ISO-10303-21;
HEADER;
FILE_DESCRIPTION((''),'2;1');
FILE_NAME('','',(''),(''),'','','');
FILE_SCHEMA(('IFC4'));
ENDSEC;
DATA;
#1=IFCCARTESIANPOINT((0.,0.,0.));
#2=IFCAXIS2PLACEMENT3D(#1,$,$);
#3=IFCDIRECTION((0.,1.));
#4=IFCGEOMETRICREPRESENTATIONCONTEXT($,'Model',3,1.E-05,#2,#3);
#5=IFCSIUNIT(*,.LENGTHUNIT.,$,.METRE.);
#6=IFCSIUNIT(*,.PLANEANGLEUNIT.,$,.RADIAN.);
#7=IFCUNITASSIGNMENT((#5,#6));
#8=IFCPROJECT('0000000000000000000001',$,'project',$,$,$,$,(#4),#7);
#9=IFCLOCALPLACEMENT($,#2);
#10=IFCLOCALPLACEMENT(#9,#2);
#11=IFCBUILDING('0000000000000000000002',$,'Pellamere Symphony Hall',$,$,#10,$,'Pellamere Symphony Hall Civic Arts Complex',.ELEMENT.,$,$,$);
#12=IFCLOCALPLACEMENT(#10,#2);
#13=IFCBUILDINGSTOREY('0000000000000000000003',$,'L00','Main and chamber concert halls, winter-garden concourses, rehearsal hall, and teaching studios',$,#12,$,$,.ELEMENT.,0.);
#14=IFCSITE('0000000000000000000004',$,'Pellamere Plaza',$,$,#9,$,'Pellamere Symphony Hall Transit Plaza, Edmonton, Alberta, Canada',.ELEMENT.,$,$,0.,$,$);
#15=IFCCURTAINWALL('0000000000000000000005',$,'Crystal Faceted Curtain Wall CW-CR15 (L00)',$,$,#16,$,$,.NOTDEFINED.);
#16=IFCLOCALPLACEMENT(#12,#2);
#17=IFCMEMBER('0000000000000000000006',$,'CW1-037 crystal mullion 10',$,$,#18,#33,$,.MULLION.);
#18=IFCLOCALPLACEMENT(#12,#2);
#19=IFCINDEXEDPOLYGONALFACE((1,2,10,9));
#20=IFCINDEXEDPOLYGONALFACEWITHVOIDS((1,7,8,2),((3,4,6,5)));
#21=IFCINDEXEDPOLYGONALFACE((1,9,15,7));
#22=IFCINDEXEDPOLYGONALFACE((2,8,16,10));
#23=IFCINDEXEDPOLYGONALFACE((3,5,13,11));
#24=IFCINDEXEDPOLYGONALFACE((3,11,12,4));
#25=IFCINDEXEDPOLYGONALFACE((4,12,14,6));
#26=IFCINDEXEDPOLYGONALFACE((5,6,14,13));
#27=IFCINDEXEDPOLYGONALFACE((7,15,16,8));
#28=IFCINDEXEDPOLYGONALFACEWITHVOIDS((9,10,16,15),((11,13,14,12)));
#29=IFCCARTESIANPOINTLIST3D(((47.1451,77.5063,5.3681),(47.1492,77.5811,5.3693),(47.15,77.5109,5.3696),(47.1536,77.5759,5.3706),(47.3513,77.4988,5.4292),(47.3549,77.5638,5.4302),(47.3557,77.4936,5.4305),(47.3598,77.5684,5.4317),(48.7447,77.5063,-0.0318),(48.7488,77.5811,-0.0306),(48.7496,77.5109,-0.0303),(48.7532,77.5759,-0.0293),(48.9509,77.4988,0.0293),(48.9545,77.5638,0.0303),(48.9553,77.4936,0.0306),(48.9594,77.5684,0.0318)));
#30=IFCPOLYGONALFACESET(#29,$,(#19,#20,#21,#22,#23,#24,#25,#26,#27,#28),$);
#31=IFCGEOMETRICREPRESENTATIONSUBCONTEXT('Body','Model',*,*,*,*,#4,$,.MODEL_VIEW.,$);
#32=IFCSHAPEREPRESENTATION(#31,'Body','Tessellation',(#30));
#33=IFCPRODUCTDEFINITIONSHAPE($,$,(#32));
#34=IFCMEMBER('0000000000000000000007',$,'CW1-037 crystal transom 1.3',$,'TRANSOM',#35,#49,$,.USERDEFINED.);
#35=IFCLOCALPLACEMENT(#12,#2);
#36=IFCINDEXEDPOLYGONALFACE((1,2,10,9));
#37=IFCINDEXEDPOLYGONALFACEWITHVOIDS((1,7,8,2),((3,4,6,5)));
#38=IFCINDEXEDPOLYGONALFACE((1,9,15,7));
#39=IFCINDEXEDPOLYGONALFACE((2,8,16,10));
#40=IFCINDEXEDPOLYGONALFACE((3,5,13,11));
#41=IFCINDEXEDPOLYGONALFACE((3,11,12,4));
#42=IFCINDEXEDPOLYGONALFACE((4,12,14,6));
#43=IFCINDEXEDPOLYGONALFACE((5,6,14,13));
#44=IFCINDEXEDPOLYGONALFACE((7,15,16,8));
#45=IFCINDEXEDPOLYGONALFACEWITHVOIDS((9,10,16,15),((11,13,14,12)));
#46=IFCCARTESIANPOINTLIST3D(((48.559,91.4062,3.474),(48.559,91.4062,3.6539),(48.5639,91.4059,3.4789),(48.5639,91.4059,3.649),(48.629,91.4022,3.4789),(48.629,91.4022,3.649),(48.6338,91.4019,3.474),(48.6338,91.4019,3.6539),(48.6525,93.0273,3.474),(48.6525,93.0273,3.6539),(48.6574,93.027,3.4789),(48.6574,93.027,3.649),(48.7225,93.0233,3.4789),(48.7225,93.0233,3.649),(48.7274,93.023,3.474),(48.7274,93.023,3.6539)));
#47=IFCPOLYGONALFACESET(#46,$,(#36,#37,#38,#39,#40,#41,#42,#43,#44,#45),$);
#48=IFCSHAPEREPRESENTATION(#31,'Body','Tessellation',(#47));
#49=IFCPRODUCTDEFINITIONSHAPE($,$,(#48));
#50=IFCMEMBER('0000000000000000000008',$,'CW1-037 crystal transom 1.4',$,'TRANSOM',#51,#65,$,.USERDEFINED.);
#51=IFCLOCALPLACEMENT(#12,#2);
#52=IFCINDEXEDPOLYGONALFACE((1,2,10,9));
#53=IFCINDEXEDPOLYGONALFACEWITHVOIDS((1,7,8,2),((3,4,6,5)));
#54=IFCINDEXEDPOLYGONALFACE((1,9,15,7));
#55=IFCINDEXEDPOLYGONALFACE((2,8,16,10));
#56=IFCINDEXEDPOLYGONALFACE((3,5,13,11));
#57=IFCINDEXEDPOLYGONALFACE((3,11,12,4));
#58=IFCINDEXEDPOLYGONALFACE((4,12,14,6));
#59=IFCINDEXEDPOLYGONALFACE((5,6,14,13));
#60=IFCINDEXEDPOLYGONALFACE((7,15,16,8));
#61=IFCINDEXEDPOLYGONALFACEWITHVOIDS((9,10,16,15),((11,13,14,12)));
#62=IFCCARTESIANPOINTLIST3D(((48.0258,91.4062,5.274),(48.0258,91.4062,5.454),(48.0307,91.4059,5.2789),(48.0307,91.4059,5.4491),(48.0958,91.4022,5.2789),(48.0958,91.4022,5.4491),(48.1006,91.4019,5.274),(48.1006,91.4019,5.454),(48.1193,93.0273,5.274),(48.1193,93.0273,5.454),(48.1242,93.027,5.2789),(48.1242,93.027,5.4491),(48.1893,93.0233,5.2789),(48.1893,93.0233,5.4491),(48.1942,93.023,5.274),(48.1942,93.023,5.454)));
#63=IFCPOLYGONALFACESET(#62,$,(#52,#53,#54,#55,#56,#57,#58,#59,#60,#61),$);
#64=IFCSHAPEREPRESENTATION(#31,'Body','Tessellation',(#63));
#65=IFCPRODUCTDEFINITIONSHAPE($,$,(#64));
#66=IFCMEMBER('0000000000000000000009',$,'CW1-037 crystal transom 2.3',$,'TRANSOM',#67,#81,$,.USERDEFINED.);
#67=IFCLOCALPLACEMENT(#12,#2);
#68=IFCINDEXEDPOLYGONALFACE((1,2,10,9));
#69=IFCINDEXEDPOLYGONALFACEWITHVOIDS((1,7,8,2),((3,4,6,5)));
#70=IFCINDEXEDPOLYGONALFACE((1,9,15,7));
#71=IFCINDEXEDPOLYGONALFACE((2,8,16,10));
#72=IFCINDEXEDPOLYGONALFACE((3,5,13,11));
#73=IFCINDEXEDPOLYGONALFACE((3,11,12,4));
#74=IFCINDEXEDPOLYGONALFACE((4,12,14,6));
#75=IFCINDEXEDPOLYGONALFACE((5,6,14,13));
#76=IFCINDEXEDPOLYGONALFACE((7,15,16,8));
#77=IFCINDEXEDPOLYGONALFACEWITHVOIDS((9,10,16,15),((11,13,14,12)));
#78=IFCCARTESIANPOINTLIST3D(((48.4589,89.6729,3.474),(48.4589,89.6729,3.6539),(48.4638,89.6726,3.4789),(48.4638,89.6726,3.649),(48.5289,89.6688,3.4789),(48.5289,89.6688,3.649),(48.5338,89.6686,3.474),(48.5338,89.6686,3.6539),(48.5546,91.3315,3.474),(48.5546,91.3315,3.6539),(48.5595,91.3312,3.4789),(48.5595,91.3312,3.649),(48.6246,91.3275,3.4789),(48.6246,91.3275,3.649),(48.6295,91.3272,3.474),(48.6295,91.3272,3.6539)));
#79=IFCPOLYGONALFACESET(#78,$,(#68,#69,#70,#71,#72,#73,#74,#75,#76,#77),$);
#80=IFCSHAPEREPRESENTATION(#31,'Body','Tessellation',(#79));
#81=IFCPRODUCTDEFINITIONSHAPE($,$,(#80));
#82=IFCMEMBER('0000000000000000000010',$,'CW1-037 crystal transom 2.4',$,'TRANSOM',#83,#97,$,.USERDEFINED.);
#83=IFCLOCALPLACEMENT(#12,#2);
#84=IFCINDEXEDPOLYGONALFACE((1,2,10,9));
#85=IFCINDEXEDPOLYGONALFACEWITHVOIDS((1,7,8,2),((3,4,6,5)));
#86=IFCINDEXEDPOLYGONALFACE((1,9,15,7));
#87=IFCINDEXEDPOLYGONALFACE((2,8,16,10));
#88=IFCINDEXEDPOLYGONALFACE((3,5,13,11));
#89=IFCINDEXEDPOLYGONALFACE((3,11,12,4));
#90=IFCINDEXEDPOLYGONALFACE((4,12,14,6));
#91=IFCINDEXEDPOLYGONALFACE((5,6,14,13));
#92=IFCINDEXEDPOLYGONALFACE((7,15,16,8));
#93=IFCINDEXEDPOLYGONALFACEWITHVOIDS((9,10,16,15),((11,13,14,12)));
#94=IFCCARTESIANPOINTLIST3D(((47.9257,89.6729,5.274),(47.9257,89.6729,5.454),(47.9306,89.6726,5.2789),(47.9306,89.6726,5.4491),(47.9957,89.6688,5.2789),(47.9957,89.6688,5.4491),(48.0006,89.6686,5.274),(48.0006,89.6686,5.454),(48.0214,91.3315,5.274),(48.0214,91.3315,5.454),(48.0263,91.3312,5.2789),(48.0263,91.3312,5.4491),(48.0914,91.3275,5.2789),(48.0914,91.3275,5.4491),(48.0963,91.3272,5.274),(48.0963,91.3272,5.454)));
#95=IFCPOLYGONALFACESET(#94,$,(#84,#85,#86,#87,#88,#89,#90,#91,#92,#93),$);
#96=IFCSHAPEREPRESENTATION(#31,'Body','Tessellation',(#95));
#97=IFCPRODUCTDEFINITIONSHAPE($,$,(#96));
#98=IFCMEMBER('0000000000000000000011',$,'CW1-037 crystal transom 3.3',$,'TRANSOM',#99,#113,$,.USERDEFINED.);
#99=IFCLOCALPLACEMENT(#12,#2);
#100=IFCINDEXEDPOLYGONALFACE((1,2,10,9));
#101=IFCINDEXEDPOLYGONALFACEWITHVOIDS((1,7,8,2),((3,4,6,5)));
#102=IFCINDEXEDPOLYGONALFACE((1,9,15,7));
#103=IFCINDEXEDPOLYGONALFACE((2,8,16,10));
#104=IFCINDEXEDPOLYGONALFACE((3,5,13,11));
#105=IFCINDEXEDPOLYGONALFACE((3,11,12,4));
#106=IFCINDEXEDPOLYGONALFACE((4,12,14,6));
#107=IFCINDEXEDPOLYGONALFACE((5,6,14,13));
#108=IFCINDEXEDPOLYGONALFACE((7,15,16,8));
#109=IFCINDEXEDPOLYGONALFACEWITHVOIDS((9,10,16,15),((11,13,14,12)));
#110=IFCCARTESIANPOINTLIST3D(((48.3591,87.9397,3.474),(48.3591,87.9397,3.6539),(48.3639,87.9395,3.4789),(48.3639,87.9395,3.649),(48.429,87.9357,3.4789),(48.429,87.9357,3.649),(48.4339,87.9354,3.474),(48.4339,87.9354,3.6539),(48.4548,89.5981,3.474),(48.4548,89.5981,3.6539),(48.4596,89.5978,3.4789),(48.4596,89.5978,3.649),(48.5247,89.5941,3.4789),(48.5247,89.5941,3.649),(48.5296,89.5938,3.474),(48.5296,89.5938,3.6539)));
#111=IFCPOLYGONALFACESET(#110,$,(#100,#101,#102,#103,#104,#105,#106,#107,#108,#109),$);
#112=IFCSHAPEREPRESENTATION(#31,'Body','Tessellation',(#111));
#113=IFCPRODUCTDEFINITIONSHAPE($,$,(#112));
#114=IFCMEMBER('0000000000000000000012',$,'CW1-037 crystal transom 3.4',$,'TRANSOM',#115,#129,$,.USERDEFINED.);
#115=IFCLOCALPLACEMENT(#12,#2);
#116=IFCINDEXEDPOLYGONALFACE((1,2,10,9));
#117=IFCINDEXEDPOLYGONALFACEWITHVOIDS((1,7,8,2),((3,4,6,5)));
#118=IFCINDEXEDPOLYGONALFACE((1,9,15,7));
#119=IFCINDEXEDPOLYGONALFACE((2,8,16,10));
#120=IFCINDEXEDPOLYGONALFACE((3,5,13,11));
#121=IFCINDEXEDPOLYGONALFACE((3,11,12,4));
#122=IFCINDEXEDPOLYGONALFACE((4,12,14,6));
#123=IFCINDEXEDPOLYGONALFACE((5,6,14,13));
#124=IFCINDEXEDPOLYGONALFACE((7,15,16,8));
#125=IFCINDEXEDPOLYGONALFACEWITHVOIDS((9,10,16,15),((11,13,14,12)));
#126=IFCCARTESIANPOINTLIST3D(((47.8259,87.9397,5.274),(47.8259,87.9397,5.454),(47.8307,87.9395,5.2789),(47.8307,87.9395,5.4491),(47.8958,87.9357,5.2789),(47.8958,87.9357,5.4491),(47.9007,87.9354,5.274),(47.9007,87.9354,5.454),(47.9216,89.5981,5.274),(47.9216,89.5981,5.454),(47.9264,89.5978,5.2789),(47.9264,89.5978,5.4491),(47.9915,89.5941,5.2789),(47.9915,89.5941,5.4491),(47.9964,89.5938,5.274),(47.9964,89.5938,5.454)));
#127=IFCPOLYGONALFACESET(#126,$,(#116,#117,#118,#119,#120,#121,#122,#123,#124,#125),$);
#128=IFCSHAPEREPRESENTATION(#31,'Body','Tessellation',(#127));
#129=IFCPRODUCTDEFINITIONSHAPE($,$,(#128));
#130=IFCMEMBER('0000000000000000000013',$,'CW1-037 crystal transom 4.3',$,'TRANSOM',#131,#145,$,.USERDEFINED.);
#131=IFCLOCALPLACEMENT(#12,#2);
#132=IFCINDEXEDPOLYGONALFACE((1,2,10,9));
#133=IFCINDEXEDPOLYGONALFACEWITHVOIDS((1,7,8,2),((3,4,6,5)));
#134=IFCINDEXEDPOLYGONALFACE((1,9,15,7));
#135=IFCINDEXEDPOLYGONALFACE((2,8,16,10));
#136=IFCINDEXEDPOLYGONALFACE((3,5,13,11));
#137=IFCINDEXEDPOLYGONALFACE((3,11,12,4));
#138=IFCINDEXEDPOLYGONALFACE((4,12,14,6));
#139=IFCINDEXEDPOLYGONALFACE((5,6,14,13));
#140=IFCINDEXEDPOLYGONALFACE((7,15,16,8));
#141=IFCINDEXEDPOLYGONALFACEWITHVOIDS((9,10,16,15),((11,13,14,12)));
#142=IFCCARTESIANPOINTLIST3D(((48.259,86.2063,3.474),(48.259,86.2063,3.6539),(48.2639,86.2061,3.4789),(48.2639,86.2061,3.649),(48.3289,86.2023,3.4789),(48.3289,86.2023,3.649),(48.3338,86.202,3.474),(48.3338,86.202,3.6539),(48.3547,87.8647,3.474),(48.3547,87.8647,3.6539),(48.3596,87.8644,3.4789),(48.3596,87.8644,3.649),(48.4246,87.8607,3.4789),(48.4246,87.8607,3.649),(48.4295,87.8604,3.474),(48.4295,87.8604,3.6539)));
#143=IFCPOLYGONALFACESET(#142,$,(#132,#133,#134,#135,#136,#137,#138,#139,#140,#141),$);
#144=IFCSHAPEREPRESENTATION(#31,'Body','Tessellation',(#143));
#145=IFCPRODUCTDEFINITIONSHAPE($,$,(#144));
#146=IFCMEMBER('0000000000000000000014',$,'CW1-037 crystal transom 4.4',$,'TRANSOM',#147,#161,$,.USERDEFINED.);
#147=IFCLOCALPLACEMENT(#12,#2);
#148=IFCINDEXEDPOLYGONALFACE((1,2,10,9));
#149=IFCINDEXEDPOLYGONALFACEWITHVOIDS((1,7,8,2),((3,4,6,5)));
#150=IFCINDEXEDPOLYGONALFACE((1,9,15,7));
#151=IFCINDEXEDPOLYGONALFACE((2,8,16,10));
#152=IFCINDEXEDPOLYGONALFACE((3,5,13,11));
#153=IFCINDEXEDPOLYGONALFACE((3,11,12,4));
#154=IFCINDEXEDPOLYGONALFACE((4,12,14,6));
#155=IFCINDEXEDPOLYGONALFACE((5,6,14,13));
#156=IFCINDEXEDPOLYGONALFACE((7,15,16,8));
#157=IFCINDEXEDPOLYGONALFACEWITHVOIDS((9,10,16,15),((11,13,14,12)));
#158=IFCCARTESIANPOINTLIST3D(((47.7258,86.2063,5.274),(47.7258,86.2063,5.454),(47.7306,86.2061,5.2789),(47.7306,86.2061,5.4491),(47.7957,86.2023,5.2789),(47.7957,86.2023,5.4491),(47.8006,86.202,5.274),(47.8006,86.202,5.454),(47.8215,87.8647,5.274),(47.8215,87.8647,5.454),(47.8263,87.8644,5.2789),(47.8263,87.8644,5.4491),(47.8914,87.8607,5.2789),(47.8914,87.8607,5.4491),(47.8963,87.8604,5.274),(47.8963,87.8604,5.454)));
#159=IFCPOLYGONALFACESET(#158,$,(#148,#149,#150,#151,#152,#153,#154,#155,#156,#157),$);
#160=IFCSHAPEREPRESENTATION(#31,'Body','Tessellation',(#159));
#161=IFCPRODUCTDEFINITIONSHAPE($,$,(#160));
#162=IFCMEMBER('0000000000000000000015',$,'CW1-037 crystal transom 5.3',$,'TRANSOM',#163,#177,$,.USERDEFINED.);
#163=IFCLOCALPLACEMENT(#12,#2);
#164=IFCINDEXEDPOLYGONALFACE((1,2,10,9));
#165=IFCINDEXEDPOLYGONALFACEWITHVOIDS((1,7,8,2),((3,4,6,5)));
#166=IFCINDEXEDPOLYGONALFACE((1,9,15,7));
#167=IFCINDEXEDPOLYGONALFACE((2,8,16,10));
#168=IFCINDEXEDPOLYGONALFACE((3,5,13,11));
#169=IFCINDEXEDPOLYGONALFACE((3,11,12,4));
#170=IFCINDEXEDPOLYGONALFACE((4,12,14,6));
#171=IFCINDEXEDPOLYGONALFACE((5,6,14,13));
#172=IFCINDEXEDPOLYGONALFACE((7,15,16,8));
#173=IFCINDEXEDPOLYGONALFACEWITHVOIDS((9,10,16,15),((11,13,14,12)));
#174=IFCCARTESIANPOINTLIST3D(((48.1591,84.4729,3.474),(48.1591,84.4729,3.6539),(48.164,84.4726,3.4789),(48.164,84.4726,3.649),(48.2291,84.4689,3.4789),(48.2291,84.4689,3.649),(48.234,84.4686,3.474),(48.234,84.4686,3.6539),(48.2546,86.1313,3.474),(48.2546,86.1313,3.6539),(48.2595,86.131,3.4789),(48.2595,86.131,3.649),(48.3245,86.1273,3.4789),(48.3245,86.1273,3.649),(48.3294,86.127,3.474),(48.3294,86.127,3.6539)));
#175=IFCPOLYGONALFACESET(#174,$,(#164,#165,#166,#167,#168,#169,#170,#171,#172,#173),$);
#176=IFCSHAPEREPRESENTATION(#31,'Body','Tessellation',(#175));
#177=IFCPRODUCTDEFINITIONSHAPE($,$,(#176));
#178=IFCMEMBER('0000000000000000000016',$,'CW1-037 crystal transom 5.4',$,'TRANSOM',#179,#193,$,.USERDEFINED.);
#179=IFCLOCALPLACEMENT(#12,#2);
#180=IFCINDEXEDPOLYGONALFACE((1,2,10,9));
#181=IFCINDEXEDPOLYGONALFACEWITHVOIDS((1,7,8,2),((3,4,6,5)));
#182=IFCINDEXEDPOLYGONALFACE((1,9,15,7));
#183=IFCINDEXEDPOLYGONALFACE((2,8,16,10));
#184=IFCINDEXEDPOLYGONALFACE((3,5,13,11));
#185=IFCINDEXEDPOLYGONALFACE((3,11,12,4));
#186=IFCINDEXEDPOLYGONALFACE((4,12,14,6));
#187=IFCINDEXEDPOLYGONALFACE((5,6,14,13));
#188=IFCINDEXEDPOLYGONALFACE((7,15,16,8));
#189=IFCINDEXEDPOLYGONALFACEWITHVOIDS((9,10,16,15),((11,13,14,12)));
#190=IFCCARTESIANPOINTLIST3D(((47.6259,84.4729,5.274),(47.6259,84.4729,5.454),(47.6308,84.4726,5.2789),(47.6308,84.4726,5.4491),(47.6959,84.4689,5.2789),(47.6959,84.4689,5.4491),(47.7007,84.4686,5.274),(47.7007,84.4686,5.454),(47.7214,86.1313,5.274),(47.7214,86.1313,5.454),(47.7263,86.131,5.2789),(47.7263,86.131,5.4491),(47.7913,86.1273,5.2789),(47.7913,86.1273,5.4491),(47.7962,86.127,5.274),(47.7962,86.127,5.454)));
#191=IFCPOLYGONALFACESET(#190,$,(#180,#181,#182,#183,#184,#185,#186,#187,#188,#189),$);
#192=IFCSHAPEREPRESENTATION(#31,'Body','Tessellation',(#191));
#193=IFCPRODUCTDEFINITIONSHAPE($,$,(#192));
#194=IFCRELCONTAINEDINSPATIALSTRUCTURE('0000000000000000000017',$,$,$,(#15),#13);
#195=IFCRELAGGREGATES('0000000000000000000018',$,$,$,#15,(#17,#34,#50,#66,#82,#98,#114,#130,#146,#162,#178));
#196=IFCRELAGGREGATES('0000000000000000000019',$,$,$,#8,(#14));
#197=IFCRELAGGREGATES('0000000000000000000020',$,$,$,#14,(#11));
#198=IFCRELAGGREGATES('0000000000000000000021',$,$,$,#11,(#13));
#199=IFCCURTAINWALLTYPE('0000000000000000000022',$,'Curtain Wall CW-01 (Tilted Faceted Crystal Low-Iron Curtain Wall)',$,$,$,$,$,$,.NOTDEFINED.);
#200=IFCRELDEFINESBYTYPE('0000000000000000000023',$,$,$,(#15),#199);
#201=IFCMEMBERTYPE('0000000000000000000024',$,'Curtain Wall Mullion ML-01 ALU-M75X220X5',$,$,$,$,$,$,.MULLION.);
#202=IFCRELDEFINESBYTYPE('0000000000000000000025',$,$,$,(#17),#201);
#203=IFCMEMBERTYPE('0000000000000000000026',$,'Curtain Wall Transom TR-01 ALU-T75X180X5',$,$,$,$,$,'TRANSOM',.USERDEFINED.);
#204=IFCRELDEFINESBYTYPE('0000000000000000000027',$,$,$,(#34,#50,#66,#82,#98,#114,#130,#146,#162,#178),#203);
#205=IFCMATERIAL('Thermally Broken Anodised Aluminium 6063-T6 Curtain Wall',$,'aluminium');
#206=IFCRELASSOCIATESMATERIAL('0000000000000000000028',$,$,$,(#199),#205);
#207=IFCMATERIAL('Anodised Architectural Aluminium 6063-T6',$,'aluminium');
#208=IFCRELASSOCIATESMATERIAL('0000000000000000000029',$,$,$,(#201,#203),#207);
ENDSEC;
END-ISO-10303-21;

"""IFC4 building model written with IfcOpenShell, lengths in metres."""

from ifc_helpers import new_model, si_unit, direction, frame, origin, origin_2d, place, context, subcontext, project, spatial, hollow_rectangle, extrude, material, material_profile, profile_set, type_object, element, aggregate, save


model = new_model("IFC4")

# Units and contexts
model_context = context("Model", 3, precision=1e-05, world=origin(), true_north=direction((0.0, 1.0)))
body_context = subcontext(model_context, "Body", "Model", "MODEL_VIEW")
ifc_project = project(units=[si_unit("LENGTHUNIT", "METRE"), si_unit("PLANEANGLEUNIT", "RADIAN")], contexts=[model_context])

# Site, building, storey
site_placement = place(None, origin())
site = spatial("IfcSite", under=ifc_project, at=site_placement, Name="Pellamere Plaza", LongName="Pellamere Symphony Hall Transit Plaza, Edmonton, Alberta, Canada", CompositionType="ELEMENT", RefElevation=0.0)
building_placement = place(site_placement, origin())
building = spatial("IfcBuilding", under=site, at=building_placement, Name="Pellamere Symphony Hall", LongName="Pellamere Symphony Hall Civic Arts Complex", CompositionType="ELEMENT")
storey_placement = place(building_placement, origin())
storey = spatial("IfcBuildingStorey", under=building, at=storey_placement, Name="L00", Description="Main and chamber concert halls, winter-garden concourses, rehearsal hall, and teaching studios", CompositionType="ELEMENT", Elevation=0.0)

# Curtain wall, members
ifc_material_1 = material(Name="Thermally Broken Anodised Aluminium 6063-T6 Curtain Wall", Category="aluminium")
curtain_wall_type = type_object("IfcCurtainWallType", Name="Curtain Wall CW-01 (Tilted Faceted Crystal Low-Iron Curtain Wall)", PredefinedType="NOTDEFINED", material=ifc_material_1)
curtain_wall_placement = place(storey_placement, origin())
curtain_wall = element("IfcCurtainWall", 1, at=curtain_wall_placement, inside=storey, type_object=curtain_wall_type, Name="Crystal Faceted Curtain Wall CW-CR15 (L00)", PredefinedType="NOTDEFINED")
ifc_material_2 = material(Name="Anodised Architectural Aluminium 6063-T6", Category="aluminium")
ifc_material_profile_1 = material_profile(ifc_material_2, hollow_rectangle(XDim=0.075, YDim=0.22, WallThickness=0.0049, at=origin_2d()), Name="ALU-M75X220X5")
ifc_profile_set_1 = profile_set([ifc_material_profile_1], Name="Anodised Architectural Aluminium 6063-T6")
member_type_1 = type_object("IfcMemberType", Name="Curtain Wall Mullion ML-01 ALU-M75X220X5", PredefinedType="MULLION", material=ifc_profile_set_1)
member_1_placement = place(storey_placement, frame((48.8521, 77.5374, 0.0), z_axis=(-0.284029, 0.0, 0.958816), x_axis=(-0.055224, -0.99834, -0.016359)))
member_1 = element("IfcMember", 2, at=member_1_placement, type_object=member_type_1, Name="CW1-037 crystal mullion 10", PredefinedType="MULLION", context=body_context, shape_type="SweptSolid", body=[
    extrude(hollow_rectangle(XDim=0.075, YDim=0.22, WallThickness=0.0049, at=origin_2d()), origin(), (0.0, 0.0, 1.0), 5.6318),
])
ifc_material_profile_2 = material_profile(ifc_material_2, hollow_rectangle(XDim=0.075, YDim=0.1799, WallThickness=0.0049, at=origin_2d()), Name="ALU-T75X180X5")
ifc_profile_set_2 = profile_set([ifc_material_profile_2], Name="Anodised Architectural Aluminium 6063-T6")
member_type_2 = type_object("IfcMemberType", Name="Curtain Wall Transom TR-01 ALU-T75X180X5", ElementType="TRANSOM", PredefinedType="USERDEFINED", material=ifc_profile_set_2)
member_2_placement = place(storey_placement, frame((48.6899, 93.0251, 3.564), z_axis=(-0.057585, -0.998341, 0.0), x_axis=(0.998341, -0.057585, 0.0)))
member_2 = element("IfcMember", 3, at=member_2_placement, type_object=member_type_2, Name="CW1-037 crystal transom 1.3", ObjectType="TRANSOM", PredefinedType="USERDEFINED", context=body_context, shape_type="SweptSolid", body=[
    extrude(hollow_rectangle(XDim=0.075, YDim=0.1799, WallThickness=0.0049, at=origin_2d()), origin(), (0.0, 0.0, 1.0), 1.6238),
])
member_3_placement = place(storey_placement, frame((48.1567, 93.0251, 5.364), z_axis=(-0.057585, -0.998341, 0.0), x_axis=(0.998341, -0.057585, 0.0)))
member_3 = element("IfcMember", 4, at=member_3_placement, type_object=member_type_2, Name="CW1-037 crystal transom 1.4", ObjectType="TRANSOM", PredefinedType="USERDEFINED", context=body_context, shape_type="SweptSolid", body=[
    extrude(hollow_rectangle(XDim=0.075, YDim=0.1799, WallThickness=0.0049, at=origin_2d()), origin(), (0.0, 0.0, 1.0), 1.6238),
])
member_4_placement = place(storey_placement, frame((48.592, 91.3293, 3.564), z_axis=(-0.057602, -0.99834, 0.0), x_axis=(0.99834, -0.057602, 0.0)))
member_4 = element("IfcMember", 5, at=member_4_placement, type_object=member_type_2, Name="CW1-037 crystal transom 2.3", ObjectType="TRANSOM", PredefinedType="USERDEFINED", context=body_context, shape_type="SweptSolid", body=[
    extrude(hollow_rectangle(XDim=0.075, YDim=0.1799, WallThickness=0.0049, at=origin_2d()), origin(), (0.0, 0.0, 1.0), 1.6614),
])
member_5_placement = place(storey_placement, frame((48.0588, 91.3293, 5.364), z_axis=(-0.057602, -0.99834, 0.0), x_axis=(0.99834, -0.057602, 0.0)))
member_5 = element("IfcMember", 6, at=member_5_placement, type_object=member_type_2, Name="CW1-037 crystal transom 2.4", ObjectType="TRANSOM", PredefinedType="USERDEFINED", context=body_context, shape_type="SweptSolid", body=[
    extrude(hollow_rectangle(XDim=0.075, YDim=0.1799, WallThickness=0.0049, at=origin_2d()), origin(), (0.0, 0.0, 1.0), 1.6614),
])
member_6_placement = place(storey_placement, frame((48.4922, 89.5959, 3.564), z_axis=(-0.057611, -0.998339, 0.0), x_axis=(0.998339, -0.057611, 0.0)))
member_6 = element("IfcMember", 7, at=member_6_placement, type_object=member_type_2, Name="CW1-037 crystal transom 3.3", ObjectType="TRANSOM", PredefinedType="USERDEFINED", context=body_context, shape_type="SweptSolid", body=[
    extrude(hollow_rectangle(XDim=0.075, YDim=0.1799, WallThickness=0.0049, at=origin_2d()), origin(), (0.0, 0.0, 1.0), 1.6611),
])
member_7_placement = place(storey_placement, frame((47.959, 89.5959, 5.364), z_axis=(-0.057611, -0.998339, 0.0), x_axis=(0.998339, -0.057611, 0.0)))
member_7 = element("IfcMember", 8, at=member_7_placement, type_object=member_type_2, Name="CW1-037 crystal transom 3.4", ObjectType="TRANSOM", PredefinedType="USERDEFINED", context=body_context, shape_type="SweptSolid", body=[
    extrude(hollow_rectangle(XDim=0.075, YDim=0.1799, WallThickness=0.0049, at=origin_2d()), origin(), (0.0, 0.0, 1.0), 1.6611),
])
member_8_placement = place(storey_placement, frame((48.3921, 87.8625, 3.564), z_axis=(-0.057611, -0.998339, 0.0), x_axis=(0.998339, -0.057611, 0.0)))
member_8 = element("IfcMember", 9, at=member_8_placement, type_object=member_type_2, Name="CW1-037 crystal transom 4.3", ObjectType="TRANSOM", PredefinedType="USERDEFINED", context=body_context, shape_type="SweptSolid", body=[
    extrude(hollow_rectangle(XDim=0.075, YDim=0.1799, WallThickness=0.0049, at=origin_2d()), origin(), (0.0, 0.0, 1.0), 1.6611),
])
member_9_placement = place(storey_placement, frame((47.8589, 87.8625, 5.364), z_axis=(-0.057611, -0.998339, 0.0), x_axis=(0.998339, -0.057611, 0.0)))
member_9 = element("IfcMember", 10, at=member_9_placement, type_object=member_type_2, Name="CW1-037 crystal transom 4.4", ObjectType="TRANSOM", PredefinedType="USERDEFINED", context=body_context, shape_type="SweptSolid", body=[
    extrude(hollow_rectangle(XDim=0.075, YDim=0.1799, WallThickness=0.0049, at=origin_2d()), origin(), (0.0, 0.0, 1.0), 1.6611),
])
member_10_placement = place(storey_placement, frame((48.292, 86.1292, 3.564), z_axis=(-0.057464, -0.998348, 0.0), x_axis=(0.998348, -0.057464, 0.0)))
member_10 = element("IfcMember", 11, at=member_10_placement, type_object=member_type_2, Name="CW1-037 crystal transom 5.3", ObjectType="TRANSOM", PredefinedType="USERDEFINED", context=body_context, shape_type="SweptSolid", body=[
    extrude(hollow_rectangle(XDim=0.075, YDim=0.1799, WallThickness=0.0049, at=origin_2d()), origin(), (0.0, 0.0, 1.0), 1.6611),
])
member_11_placement = place(storey_placement, frame((47.7588, 86.1292, 5.364), z_axis=(-0.057464, -0.998348, 0.0), x_axis=(0.998348, -0.057464, 0.0)))
member_11 = element("IfcMember", 12, at=member_11_placement, type_object=member_type_2, Name="CW1-037 crystal transom 5.4", ObjectType="TRANSOM", PredefinedType="USERDEFINED", context=body_context, shape_type="SweptSolid", body=[
    extrude(hollow_rectangle(XDim=0.075, YDim=0.1799, WallThickness=0.0049, at=origin_2d()), origin(), (0.0, 0.0, 1.0), 1.6611),
])
aggregate(curtain_wall, [member_1, member_2, member_3, member_4, member_5, member_6, member_7, member_8, member_9, member_10, member_11])

save(model, "model.ifc")
